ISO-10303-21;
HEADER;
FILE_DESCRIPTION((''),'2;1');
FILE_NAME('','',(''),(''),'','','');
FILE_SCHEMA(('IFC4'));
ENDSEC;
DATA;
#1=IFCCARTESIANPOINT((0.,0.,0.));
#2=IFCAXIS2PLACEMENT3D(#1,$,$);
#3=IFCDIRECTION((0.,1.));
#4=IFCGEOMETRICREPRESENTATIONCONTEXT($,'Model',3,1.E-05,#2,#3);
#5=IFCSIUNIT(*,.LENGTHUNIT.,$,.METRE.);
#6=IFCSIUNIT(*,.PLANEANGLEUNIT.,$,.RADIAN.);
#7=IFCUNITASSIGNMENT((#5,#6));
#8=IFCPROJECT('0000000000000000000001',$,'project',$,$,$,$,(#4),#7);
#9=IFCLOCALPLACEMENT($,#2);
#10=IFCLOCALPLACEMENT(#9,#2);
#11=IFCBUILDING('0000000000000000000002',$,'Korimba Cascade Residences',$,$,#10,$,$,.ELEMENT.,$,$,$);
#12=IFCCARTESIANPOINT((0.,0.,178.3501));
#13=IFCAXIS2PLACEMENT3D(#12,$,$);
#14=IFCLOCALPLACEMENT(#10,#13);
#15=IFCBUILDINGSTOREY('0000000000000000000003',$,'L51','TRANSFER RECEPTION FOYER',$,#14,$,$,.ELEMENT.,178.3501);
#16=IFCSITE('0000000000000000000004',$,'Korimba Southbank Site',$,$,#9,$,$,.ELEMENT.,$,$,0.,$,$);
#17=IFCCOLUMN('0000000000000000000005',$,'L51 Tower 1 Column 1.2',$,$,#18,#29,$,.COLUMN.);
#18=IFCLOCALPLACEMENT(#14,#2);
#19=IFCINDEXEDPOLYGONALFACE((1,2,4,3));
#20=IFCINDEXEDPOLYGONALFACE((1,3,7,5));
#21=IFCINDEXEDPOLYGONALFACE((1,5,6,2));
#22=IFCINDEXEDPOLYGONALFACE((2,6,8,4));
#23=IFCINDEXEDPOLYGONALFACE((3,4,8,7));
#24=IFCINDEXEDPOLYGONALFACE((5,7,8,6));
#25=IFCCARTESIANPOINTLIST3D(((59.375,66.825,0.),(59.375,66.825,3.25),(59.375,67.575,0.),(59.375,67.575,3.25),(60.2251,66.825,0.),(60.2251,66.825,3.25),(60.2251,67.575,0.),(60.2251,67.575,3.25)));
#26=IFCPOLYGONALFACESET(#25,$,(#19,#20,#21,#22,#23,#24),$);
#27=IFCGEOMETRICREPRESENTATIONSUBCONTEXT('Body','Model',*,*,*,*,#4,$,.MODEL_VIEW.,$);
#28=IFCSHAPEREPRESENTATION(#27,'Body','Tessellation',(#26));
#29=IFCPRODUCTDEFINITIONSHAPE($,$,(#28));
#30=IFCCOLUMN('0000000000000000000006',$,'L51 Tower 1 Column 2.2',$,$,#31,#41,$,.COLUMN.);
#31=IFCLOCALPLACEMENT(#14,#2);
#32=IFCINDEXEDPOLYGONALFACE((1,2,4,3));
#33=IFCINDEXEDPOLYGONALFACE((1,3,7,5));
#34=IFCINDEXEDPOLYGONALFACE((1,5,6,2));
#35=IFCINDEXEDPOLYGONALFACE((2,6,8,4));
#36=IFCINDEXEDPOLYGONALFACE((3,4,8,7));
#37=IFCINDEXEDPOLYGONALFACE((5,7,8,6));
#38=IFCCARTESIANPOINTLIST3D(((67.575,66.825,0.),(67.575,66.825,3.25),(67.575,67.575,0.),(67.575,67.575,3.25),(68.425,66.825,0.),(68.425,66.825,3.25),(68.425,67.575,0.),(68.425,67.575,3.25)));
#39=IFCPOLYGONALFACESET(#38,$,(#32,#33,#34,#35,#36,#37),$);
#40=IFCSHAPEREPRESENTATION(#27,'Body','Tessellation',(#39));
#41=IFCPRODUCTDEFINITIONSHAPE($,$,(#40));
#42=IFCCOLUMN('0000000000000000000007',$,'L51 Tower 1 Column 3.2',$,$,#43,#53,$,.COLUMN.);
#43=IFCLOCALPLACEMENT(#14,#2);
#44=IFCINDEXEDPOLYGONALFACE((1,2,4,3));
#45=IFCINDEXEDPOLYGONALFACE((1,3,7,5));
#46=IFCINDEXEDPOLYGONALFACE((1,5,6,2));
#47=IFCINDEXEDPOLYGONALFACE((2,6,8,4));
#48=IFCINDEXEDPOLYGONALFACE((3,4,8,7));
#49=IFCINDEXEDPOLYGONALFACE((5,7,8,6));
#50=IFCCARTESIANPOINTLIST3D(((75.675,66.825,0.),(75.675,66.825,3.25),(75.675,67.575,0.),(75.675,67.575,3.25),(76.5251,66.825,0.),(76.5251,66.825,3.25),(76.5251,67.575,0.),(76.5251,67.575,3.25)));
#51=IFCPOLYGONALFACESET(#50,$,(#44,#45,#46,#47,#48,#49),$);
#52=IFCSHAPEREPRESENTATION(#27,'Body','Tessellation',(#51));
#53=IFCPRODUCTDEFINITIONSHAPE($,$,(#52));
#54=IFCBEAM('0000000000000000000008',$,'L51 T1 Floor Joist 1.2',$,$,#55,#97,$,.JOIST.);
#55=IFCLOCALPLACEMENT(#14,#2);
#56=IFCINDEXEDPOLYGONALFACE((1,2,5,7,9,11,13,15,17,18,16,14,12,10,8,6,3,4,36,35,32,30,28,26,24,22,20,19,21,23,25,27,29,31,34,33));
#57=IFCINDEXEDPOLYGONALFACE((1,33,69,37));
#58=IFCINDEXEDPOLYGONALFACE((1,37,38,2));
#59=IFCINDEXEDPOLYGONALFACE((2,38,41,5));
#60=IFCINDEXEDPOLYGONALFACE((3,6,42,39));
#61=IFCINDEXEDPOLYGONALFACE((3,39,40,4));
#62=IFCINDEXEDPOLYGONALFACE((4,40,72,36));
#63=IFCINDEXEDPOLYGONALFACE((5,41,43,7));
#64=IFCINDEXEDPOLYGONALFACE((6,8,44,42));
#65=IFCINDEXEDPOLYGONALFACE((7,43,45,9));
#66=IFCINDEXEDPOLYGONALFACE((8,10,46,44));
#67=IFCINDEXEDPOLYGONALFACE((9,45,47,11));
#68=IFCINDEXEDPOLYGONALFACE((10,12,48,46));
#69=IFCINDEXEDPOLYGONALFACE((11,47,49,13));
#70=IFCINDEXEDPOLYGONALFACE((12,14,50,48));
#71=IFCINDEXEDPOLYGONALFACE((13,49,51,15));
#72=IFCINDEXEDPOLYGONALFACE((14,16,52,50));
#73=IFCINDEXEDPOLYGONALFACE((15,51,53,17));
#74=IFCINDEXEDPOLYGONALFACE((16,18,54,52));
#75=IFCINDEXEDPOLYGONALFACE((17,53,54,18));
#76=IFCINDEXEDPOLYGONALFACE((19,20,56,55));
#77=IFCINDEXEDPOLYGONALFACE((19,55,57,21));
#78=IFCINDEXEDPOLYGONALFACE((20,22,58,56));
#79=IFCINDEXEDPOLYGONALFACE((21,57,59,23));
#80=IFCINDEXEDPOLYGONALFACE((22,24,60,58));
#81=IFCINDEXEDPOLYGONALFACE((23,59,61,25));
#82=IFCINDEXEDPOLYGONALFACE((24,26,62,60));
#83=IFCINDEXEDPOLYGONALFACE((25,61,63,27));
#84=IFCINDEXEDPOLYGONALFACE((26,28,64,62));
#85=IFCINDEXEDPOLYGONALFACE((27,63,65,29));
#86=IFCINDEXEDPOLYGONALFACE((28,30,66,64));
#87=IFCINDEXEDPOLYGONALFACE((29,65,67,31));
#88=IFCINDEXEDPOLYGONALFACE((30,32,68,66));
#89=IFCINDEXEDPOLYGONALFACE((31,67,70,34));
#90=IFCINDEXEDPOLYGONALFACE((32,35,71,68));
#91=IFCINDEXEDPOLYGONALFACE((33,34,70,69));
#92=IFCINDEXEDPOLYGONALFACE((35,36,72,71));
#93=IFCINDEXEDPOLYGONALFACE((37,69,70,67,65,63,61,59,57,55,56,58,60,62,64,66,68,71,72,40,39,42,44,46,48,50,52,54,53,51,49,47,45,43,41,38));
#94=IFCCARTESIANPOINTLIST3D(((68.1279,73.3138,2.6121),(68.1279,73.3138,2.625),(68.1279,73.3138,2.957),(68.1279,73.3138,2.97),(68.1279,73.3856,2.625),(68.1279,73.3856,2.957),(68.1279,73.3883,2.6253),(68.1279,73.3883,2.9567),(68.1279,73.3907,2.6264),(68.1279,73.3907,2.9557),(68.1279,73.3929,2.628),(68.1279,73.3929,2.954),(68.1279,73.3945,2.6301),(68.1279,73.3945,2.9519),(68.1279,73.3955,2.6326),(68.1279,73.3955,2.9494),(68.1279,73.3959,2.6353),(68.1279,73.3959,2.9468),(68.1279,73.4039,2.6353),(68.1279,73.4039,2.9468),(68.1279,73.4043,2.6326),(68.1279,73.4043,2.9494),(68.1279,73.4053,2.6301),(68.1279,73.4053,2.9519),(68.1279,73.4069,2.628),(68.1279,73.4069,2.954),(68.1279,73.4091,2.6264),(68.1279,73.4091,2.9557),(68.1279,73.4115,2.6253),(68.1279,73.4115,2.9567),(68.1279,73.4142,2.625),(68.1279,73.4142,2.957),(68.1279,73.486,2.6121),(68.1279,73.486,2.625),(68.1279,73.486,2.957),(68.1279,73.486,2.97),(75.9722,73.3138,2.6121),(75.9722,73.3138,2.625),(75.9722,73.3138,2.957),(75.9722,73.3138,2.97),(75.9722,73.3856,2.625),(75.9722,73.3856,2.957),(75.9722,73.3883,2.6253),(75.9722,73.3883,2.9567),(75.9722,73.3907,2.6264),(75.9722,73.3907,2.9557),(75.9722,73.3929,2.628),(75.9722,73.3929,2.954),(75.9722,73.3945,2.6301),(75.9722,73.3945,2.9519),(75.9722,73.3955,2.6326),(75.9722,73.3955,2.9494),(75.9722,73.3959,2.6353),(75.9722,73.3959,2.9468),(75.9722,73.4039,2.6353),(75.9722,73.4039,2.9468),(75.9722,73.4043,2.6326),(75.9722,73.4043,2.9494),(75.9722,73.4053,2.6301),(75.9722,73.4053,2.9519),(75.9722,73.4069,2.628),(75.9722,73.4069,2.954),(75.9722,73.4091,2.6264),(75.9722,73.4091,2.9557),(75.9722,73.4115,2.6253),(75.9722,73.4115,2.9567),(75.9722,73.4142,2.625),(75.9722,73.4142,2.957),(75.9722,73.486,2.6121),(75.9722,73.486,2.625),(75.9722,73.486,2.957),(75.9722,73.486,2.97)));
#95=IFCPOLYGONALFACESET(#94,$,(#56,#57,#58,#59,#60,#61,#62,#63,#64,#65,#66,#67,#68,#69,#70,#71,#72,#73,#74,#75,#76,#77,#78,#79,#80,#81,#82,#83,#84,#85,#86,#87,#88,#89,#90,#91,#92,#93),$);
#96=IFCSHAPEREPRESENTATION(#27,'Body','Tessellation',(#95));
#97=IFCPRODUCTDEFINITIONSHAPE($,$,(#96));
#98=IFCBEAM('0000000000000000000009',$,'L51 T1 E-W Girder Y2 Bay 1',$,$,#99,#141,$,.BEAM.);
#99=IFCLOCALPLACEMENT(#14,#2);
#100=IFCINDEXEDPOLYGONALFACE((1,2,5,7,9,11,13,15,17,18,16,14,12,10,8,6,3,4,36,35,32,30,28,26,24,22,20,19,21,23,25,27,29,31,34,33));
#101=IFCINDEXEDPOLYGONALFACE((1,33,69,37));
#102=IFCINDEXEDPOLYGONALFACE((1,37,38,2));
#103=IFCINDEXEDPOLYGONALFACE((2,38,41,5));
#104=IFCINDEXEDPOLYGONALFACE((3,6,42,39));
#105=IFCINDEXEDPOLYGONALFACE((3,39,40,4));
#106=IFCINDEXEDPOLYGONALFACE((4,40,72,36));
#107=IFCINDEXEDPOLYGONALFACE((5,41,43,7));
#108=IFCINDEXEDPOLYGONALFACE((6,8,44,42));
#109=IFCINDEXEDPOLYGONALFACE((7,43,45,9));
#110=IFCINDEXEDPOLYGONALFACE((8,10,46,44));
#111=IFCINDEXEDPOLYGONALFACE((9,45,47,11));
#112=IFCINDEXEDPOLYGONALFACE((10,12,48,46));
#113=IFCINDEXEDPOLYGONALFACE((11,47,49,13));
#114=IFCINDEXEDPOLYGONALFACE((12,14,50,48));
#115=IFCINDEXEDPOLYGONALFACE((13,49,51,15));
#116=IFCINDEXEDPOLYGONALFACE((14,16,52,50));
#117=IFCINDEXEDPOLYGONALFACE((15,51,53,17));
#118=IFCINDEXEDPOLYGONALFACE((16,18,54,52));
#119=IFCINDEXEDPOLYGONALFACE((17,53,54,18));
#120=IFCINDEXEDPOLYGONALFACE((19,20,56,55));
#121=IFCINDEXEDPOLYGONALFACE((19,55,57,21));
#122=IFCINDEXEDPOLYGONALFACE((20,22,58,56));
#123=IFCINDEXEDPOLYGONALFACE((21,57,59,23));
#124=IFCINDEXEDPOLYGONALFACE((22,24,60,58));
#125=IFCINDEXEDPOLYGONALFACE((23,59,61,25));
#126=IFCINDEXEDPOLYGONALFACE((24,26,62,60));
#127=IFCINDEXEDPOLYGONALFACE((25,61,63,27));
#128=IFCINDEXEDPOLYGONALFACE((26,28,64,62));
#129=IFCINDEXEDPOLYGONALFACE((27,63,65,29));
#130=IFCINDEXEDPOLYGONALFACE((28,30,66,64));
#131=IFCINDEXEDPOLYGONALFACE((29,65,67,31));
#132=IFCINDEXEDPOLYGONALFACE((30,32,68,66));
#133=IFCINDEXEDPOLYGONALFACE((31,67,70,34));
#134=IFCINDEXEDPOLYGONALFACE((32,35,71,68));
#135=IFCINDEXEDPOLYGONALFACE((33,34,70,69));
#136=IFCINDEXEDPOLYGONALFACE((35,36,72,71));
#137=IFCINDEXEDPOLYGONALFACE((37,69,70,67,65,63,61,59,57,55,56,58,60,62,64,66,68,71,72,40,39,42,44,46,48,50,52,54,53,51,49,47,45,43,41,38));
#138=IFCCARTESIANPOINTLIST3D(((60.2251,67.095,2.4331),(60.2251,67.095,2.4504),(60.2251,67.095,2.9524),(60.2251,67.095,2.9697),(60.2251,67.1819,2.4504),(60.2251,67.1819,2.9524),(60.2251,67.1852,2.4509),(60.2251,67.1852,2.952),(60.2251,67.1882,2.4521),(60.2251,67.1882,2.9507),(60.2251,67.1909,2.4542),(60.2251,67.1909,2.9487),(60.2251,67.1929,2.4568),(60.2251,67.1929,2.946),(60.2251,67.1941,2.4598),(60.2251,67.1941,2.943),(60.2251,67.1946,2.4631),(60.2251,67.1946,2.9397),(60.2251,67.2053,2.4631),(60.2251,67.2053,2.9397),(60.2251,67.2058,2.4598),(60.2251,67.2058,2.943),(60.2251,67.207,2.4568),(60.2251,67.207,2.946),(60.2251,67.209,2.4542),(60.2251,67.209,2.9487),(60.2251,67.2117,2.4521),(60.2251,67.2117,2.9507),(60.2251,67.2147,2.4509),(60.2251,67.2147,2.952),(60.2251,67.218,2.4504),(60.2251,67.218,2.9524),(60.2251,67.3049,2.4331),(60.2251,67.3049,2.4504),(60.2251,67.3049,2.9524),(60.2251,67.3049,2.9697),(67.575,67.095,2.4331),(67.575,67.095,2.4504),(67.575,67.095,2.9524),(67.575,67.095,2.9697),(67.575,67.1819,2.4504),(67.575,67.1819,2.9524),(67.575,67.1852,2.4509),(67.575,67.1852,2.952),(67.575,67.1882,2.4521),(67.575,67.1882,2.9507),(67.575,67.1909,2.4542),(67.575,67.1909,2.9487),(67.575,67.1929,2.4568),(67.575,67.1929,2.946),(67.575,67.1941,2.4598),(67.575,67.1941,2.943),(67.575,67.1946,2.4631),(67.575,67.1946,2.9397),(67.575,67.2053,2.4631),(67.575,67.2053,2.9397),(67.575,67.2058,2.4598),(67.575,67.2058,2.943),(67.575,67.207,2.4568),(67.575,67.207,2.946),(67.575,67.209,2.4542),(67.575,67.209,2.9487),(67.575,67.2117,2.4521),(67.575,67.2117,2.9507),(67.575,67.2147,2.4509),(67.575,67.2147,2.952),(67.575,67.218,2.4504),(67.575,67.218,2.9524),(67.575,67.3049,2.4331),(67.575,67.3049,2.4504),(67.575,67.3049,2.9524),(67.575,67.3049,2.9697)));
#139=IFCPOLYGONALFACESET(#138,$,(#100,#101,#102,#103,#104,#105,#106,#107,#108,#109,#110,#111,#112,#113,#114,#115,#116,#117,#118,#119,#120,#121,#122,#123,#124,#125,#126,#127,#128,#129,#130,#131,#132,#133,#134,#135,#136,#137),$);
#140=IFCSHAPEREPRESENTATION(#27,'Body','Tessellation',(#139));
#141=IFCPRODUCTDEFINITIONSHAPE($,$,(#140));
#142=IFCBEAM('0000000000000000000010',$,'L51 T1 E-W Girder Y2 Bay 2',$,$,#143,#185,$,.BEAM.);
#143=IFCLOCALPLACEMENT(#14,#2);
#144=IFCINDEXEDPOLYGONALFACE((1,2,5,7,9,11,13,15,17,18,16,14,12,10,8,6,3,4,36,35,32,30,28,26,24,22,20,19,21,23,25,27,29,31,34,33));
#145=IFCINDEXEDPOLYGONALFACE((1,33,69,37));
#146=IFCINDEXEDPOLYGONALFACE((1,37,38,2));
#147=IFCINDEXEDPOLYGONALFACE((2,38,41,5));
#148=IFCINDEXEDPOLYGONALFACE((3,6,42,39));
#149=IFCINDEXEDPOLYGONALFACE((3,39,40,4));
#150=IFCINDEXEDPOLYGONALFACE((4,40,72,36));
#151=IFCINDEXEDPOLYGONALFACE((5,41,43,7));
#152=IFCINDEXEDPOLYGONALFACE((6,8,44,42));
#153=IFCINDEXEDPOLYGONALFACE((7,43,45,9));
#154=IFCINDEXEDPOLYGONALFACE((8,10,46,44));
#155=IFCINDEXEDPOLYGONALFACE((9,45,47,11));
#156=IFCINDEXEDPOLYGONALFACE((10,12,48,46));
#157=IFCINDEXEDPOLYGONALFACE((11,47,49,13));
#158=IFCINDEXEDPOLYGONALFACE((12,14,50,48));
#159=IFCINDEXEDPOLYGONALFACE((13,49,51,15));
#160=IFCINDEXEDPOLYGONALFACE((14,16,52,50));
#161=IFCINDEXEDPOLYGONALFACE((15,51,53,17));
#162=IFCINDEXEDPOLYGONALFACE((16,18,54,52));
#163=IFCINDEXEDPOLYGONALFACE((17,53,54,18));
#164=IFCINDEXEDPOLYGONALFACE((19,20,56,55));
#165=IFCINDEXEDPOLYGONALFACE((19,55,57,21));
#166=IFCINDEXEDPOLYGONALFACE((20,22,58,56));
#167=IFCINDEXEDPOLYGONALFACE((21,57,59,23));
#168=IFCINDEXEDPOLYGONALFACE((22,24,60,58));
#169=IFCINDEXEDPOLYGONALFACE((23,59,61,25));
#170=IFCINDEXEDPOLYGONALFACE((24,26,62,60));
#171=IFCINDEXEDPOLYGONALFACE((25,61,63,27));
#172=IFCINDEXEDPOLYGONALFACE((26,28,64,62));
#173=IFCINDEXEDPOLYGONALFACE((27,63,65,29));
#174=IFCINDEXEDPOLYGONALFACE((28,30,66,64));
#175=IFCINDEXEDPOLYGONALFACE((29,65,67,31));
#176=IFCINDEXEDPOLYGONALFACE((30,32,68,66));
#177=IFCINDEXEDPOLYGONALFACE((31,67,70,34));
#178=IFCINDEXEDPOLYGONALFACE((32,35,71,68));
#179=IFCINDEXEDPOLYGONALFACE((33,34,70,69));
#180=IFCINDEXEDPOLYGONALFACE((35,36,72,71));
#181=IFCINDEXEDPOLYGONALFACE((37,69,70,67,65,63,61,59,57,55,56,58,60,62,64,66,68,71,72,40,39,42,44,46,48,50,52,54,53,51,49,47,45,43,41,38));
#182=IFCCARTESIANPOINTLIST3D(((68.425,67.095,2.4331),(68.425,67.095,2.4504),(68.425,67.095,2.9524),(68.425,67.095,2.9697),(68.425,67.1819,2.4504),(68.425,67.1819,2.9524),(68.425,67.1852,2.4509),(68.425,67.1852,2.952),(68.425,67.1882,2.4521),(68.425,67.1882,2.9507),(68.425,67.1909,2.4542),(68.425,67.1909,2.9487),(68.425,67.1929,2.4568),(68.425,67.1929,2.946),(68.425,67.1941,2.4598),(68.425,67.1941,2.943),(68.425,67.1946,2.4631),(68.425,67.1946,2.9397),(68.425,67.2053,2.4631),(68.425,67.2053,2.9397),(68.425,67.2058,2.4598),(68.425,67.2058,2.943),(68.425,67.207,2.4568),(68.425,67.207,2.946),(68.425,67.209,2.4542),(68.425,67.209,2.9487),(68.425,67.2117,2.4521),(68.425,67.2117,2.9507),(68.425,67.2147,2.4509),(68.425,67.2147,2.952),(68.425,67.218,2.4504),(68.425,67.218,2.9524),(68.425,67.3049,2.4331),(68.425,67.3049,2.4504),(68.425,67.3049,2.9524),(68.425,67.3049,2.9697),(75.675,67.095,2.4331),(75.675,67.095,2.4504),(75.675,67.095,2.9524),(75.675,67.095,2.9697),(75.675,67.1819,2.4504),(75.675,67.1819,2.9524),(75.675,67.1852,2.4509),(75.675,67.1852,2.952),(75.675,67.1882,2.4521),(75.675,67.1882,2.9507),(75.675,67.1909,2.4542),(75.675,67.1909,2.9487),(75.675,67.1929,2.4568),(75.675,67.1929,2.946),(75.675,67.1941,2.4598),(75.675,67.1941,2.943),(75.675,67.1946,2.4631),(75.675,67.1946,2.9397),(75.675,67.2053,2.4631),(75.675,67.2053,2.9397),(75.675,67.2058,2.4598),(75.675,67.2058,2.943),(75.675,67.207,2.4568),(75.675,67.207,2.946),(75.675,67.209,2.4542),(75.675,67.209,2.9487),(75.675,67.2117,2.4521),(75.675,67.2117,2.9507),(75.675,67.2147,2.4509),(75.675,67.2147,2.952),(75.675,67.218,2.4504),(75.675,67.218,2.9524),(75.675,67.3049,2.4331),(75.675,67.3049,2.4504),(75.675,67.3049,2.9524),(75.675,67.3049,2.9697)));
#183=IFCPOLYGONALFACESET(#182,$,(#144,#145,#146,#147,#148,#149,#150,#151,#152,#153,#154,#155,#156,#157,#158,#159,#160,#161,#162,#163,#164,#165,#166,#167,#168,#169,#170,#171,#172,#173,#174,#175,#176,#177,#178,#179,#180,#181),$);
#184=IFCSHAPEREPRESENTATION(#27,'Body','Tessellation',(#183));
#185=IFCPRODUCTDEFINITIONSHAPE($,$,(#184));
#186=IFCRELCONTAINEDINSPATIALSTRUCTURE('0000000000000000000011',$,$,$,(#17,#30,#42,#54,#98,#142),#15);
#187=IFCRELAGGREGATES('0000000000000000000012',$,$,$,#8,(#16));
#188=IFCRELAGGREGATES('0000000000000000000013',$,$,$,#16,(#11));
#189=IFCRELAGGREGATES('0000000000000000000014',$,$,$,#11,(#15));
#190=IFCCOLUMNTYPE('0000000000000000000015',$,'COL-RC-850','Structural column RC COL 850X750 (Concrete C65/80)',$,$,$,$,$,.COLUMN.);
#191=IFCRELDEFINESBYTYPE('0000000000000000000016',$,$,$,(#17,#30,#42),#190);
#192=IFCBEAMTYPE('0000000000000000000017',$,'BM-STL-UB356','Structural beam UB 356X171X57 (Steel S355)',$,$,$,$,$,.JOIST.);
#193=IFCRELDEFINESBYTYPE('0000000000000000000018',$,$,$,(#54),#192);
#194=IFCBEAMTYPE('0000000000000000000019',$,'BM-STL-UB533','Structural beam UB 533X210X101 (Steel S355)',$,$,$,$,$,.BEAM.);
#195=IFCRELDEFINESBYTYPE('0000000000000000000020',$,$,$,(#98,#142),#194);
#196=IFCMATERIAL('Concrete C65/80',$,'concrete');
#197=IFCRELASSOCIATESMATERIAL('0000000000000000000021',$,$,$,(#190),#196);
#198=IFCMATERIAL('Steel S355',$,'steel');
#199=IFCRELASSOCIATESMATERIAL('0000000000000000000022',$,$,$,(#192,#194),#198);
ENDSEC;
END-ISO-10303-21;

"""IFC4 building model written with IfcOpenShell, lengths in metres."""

from ifc_helpers import new_model, si_unit, direction, frame, origin, origin_2d, place, context, subcontext, project, spatial, rectangle, i_section, extrude, material, material_profile, profile_set, type_object, element, save


model = new_model("IFC4")

# Units and contexts
model_context = context("Model", 3, precision=1e-05, world=origin(), true_north=direction((0.0, 1.0)))
body_context = subcontext(model_context, "Body", "Model", "MODEL_VIEW")
ifc_project = project(units=[si_unit("LENGTHUNIT", "METRE"), si_unit("PLANEANGLEUNIT", "RADIAN")], contexts=[model_context])

# Site, building, storey
site_placement = place(None, origin())
site = spatial("IfcSite", under=ifc_project, at=site_placement, Name="Korimba Southbank Site", CompositionType="ELEMENT", RefElevation=0.0)
building_placement = place(site_placement, origin())
building = spatial("IfcBuilding", under=site, at=building_placement, Name="Korimba Cascade Residences", CompositionType="ELEMENT")
storey_placement = place(building_placement, frame((0.0, 0.0, 178.3501)))
storey = spatial("IfcBuildingStorey", under=building, at=storey_placement, Name="L51", Description="TRANSFER RECEPTION FOYER", CompositionType="ELEMENT", Elevation=178.3501)

# Columns
ifc_material_1 = material(Name="Concrete C65/80", Category="concrete")
ifc_material_profile_1 = material_profile(ifc_material_1, rectangle(XDim=0.8501, YDim=0.75, at=origin_2d()), Name="Concrete C65/80")
ifc_profile_set_1 = profile_set([ifc_material_profile_1], Name="Concrete C65/80")
column_type = type_object("IfcColumnType", Name="COL-RC-850", Description="Structural column RC COL 850X750 (Concrete C65/80)", PredefinedType="COLUMN", material=ifc_profile_set_1)
for number, where, z_axis, x_axis, name in (
    (1, (59.8, 67.2, 0.0), (0.0, 0.0, 1.0), (1.0, 0.0, 0.0), "L51 Tower 1 Column 1.2"),
    (2, (68.0, 67.2, 0.0), (0.0, 0.0, 1.0), (1.0, 0.0, 0.0), "L51 Tower 1 Column 2.2"),
    (3, (76.1001, 67.2, 0.0), (0.0, 0.0, 1.0), (1.0, 0.0, 0.0), "L51 Tower 1 Column 3.2"),
):
    element("IfcColumn", number, at=place(storey_placement, frame(where, z_axis=z_axis, x_axis=x_axis)), inside=storey, type_object=column_type, Name=name, PredefinedType="COLUMN", context=body_context, shape_type="SweptSolid", body=[
        extrude(rectangle(XDim=0.8501, YDim=0.75, at=origin_2d()), origin(), (0.0, 0.0, 1.0), 3.25),
    ])

# Beams
ifc_material_2 = material(Name="Steel S355", Category="steel")
ifc_material_profile_2 = material_profile(ifc_material_2, i_section(OverallWidth=0.1721, OverallDepth=0.3579, WebThickness=0.0081, FlangeThickness=0.0129, FilletRadius=0.0103, at=origin_2d()), Name="Steel S355")
ifc_profile_set_2 = profile_set([ifc_material_profile_2], Name="Steel S355")
beam_type_1 = type_object("IfcBeamType", Name="BM-STL-UB356", Description="Structural beam UB 356X171X57 (Steel S355)", PredefinedType="JOIST", material=ifc_profile_set_2)
beam_1_placement = place(storey_placement, frame((68.1279, 73.3999, 2.791), z_axis=(1.0, 0.0, 0.0), x_axis=(0.0, 1.0, 0.0)))
element("IfcBeam", 4, at=beam_1_placement, inside=storey, type_object=beam_type_1, Name="L51 T1 Floor Joist 1.2", PredefinedType="JOIST", context=body_context, shape_type="SweptSolid", body=[
    extrude(i_section(OverallWidth=0.1721, OverallDepth=0.3579, WebThickness=0.0081, FlangeThickness=0.0129, FilletRadius=0.0103, at=origin_2d()), origin(), (0.0, 0.0, 1.0), 7.8442),
])
ifc_material_profile_3 = material_profile(ifc_material_2, i_section(OverallWidth=0.21, OverallDepth=0.5366, WebThickness=0.0107, FlangeThickness=0.0173, FilletRadius=0.0127, at=origin_2d()), Name="Steel S355")
ifc_profile_set_3 = profile_set([ifc_material_profile_3], Name="Steel S355")
beam_type_2 = type_object("IfcBeamType", Name="BM-STL-UB533", Description="Structural beam UB 533X210X101 (Steel S355)", PredefinedType="BEAM", material=ifc_profile_set_3)
beam_2_placement = place(storey_placement, frame((60.2251, 67.2, 2.7014), z_axis=(1.0, 0.0, 0.0), x_axis=(0.0, 1.0, 0.0)))
element("IfcBeam", 5, at=beam_2_placement, inside=storey, type_object=beam_type_2, Name="L51 T1 E-W Girder Y2 Bay 1", PredefinedType="BEAM", context=body_context, shape_type="SweptSolid", body=[
    extrude(i_section(OverallWidth=0.21, OverallDepth=0.5366, WebThickness=0.0107, FlangeThickness=0.0173, FilletRadius=0.0127, at=origin_2d()), origin(), (0.0, 0.0, 1.0), 7.3499),
])
beam_3_placement = place(storey_placement, frame((68.425, 67.2, 2.7014), z_axis=(1.0, 0.0, 0.0), x_axis=(0.0, 1.0, 0.0)))
element("IfcBeam", 6, at=beam_3_placement, inside=storey, type_object=beam_type_2, Name="L51 T1 E-W Girder Y2 Bay 2", PredefinedType="BEAM", context=body_context, shape_type="SweptSolid", body=[
    extrude(i_section(OverallWidth=0.21, OverallDepth=0.5366, WebThickness=0.0107, FlangeThickness=0.0173, FilletRadius=0.0127, at=origin_2d()), origin(), (0.0, 0.0, 1.0), 7.25),
])

save(model, "model.ifc")
